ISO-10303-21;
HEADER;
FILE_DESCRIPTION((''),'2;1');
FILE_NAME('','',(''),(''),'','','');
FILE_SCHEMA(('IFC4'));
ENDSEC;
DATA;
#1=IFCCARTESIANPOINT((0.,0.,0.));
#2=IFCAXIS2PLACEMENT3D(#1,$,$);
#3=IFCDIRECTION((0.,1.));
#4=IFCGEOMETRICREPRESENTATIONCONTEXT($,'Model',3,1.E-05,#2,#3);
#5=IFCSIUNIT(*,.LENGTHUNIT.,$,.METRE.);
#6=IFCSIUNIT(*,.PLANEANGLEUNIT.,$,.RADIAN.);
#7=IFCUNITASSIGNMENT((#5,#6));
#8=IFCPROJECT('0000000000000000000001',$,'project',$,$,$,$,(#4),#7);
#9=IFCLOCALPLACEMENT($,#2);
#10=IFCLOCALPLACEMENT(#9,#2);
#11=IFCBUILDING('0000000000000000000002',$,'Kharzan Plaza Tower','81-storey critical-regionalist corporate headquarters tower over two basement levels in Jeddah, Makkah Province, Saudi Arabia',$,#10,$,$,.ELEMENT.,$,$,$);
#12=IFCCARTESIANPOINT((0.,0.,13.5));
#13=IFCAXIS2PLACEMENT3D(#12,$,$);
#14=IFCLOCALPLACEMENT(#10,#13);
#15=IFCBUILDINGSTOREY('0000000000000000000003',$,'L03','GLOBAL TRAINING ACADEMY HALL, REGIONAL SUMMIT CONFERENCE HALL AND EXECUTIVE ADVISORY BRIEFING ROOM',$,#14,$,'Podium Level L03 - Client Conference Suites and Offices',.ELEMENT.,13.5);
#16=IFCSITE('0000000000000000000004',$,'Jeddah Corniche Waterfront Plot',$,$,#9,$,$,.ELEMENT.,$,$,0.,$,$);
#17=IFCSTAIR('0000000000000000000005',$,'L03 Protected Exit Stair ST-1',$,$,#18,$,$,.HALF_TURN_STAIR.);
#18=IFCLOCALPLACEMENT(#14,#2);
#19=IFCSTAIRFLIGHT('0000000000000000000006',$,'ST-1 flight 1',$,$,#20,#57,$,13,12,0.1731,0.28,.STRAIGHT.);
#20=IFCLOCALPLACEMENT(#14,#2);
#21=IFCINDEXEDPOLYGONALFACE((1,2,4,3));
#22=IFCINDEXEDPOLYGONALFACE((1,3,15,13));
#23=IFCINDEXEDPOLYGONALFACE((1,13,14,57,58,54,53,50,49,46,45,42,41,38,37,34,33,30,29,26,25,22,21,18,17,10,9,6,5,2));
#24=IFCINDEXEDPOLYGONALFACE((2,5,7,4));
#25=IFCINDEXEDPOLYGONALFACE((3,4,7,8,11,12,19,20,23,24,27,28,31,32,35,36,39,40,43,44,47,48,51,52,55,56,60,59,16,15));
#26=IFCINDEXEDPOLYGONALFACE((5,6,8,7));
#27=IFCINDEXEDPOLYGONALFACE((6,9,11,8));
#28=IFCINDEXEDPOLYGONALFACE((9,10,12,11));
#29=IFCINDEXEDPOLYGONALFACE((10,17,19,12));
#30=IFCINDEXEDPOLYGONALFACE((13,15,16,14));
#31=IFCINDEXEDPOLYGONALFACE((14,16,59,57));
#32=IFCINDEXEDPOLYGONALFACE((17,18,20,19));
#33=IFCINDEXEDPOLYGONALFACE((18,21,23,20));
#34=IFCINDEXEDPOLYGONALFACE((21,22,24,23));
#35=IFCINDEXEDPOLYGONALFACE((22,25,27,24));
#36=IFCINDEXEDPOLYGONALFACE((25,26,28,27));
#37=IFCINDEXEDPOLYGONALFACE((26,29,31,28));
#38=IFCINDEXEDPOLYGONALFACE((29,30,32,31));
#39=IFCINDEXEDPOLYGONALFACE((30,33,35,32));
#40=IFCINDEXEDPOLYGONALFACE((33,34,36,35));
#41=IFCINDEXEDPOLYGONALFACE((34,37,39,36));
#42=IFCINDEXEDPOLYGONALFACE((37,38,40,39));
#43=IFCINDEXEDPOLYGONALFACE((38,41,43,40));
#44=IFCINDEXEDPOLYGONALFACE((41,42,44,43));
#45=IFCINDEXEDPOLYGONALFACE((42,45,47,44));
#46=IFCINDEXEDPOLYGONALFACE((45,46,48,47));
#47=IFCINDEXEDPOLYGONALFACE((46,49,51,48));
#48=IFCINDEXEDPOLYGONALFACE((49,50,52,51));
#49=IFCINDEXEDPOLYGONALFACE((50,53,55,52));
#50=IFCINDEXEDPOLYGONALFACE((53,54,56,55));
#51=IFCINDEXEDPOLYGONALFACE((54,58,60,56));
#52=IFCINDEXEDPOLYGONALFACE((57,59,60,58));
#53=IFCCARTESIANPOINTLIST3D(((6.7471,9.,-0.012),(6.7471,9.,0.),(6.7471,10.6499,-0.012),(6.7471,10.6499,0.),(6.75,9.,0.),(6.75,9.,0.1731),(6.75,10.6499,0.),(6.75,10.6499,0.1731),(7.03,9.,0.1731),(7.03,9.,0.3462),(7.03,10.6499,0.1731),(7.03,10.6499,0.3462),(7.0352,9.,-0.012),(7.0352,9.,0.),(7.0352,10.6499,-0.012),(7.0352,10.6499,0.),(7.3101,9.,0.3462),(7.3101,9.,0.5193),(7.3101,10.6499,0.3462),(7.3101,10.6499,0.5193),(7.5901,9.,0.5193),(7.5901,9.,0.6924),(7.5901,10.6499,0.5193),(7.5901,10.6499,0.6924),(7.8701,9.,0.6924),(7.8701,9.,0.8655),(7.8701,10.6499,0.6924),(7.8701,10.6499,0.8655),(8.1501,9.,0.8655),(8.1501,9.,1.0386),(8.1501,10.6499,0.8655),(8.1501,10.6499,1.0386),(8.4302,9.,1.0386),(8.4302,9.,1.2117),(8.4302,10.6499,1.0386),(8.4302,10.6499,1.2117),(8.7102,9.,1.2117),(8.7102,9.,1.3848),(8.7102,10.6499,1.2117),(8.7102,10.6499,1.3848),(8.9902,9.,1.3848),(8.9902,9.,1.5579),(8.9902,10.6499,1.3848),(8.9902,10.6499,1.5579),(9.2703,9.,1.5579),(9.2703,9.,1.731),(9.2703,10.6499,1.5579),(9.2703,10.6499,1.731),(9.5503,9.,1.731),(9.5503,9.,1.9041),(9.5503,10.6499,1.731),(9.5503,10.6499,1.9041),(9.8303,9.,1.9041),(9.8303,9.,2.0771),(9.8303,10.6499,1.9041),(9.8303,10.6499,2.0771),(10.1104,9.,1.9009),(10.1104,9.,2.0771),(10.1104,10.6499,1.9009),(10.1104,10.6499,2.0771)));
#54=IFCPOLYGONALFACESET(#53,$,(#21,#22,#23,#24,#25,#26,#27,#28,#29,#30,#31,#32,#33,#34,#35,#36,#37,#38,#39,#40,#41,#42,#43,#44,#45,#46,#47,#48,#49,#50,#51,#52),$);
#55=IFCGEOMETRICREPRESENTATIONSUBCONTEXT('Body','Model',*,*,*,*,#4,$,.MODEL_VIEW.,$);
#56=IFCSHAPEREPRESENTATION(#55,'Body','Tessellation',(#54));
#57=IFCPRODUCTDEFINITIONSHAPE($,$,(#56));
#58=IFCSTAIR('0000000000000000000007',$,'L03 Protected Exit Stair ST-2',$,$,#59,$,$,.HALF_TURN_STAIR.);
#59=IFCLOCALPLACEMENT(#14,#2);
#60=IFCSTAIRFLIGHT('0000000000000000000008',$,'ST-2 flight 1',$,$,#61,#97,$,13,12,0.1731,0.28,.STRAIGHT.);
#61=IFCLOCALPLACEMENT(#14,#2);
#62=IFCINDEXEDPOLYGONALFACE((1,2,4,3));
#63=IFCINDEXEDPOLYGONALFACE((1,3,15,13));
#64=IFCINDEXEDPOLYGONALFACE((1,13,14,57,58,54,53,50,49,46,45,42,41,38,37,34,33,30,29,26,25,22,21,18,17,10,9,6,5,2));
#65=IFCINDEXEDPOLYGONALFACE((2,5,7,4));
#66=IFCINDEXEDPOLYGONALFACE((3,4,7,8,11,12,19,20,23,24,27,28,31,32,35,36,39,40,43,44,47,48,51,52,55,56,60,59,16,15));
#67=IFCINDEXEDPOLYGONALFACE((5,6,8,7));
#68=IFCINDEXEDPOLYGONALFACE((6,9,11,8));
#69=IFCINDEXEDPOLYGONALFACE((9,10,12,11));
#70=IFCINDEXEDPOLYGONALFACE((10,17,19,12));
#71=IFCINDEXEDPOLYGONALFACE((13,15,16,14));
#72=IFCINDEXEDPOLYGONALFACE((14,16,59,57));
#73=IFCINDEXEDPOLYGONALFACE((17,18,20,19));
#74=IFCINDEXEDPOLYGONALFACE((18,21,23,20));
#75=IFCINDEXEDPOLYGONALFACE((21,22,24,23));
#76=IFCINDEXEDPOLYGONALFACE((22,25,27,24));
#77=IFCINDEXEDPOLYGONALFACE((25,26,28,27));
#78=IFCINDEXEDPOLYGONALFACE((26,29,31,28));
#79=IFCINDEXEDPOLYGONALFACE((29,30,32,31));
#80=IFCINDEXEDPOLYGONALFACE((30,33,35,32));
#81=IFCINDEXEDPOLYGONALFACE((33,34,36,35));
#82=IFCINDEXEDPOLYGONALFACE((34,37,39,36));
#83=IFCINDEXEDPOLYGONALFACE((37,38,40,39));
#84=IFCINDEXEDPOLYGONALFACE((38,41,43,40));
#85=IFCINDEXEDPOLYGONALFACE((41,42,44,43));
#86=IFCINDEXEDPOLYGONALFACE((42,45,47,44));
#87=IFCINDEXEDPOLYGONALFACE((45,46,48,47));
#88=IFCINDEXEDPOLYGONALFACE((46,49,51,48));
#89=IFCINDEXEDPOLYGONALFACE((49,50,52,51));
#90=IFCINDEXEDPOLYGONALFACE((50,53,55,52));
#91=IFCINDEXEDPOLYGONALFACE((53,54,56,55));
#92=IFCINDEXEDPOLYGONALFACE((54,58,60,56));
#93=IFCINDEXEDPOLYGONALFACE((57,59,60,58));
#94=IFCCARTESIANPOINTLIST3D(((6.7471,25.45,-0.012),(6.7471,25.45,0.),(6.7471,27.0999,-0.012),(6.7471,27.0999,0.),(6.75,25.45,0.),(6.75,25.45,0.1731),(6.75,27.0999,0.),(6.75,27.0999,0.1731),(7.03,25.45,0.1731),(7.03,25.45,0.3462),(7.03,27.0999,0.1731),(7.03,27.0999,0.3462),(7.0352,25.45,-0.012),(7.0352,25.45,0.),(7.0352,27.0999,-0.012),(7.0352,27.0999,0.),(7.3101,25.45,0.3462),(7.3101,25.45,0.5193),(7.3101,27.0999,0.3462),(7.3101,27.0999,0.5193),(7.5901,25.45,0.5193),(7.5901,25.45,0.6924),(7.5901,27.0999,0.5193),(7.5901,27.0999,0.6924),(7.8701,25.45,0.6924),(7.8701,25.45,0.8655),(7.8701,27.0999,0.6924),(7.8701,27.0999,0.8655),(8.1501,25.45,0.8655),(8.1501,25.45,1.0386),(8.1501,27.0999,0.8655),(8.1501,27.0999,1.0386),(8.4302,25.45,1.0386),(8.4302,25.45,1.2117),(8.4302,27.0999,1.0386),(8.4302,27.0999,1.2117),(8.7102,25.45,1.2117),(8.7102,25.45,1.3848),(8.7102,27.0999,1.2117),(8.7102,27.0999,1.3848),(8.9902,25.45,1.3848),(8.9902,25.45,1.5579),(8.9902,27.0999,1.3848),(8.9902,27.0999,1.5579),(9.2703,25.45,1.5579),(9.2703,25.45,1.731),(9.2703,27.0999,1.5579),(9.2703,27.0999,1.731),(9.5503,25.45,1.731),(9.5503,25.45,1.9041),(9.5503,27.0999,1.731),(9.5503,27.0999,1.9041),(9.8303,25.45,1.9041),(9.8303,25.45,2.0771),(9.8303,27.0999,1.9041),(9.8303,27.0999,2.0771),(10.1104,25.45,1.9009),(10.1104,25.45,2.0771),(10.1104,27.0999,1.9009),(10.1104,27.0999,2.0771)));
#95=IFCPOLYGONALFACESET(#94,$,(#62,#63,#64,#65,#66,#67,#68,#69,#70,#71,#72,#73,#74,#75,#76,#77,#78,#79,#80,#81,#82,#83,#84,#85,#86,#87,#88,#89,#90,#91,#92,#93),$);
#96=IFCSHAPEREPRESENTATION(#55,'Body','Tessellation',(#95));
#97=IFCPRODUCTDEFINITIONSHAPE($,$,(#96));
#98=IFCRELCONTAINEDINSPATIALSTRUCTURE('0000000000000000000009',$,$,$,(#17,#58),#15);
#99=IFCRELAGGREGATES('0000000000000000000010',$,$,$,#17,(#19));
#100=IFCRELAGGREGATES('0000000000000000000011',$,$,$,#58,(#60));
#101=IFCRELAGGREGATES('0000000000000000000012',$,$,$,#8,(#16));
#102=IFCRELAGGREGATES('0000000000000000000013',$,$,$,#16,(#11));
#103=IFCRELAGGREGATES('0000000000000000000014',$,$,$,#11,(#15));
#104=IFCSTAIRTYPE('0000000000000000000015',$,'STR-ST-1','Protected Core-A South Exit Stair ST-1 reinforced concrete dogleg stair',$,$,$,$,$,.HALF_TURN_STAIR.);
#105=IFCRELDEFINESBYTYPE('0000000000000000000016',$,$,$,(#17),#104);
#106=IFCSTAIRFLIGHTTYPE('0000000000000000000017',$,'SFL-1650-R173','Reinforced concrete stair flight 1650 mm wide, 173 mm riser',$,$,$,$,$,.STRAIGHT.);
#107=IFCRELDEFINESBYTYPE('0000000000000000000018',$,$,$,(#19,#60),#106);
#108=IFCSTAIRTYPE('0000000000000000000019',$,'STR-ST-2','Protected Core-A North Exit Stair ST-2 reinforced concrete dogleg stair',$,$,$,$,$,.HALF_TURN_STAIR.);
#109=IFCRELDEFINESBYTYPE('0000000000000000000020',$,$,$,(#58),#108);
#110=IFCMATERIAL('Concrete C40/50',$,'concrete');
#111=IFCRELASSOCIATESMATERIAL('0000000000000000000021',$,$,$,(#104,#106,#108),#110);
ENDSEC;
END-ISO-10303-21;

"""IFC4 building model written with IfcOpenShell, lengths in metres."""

from ifc_helpers import new_model, si_unit, direction, frame, origin, place, context, subcontext, project, spatial, polyline, outline, extrude, source, transform, mapped, material, type_object, element, aggregate, save


model = new_model("IFC4")

# Units and contexts
model_context = context("Model", 3, precision=1e-05, world=origin(), true_north=direction((0.0, 1.0)))
body_context = subcontext(model_context, "Body", "Model", "MODEL_VIEW")
ifc_project = project(units=[si_unit("LENGTHUNIT", "METRE"), si_unit("PLANEANGLEUNIT", "RADIAN")], contexts=[model_context])

# Site, building, storey
site_placement = place(None, origin())
site = spatial("IfcSite", under=ifc_project, at=site_placement, Name="Jeddah Corniche Waterfront Plot", CompositionType="ELEMENT", RefElevation=0.0)
building_placement = place(site_placement, origin())
building = spatial("IfcBuilding", under=site, at=building_placement, Name="Kharzan Plaza Tower", Description="81-storey critical-regionalist corporate headquarters tower over two basement levels in Jeddah, Makkah Province, Saudi Arabia", CompositionType="ELEMENT")
storey_placement = place(building_placement, frame((0.0, 0.0, 13.5)))
storey = spatial("IfcBuildingStorey", under=building, at=storey_placement, Name="L03", Description="GLOBAL TRAINING ACADEMY HALL, REGIONAL SUMMIT CONFERENCE HALL AND EXECUTIVE ADVISORY BRIEFING ROOM", LongName="Podium Level L03 - Client Conference Suites and Offices", CompositionType="ELEMENT", Elevation=13.5)

# Shared definitions
ifc_material_1 = material(Name="Concrete C40/50", Category="concrete")

# Stairs, stair flights
stair_type_1 = type_object("IfcStairType", Name="STR-ST-1", Description="Protected Core-A South Exit Stair ST-1 reinforced concrete dogleg stair", PredefinedType="HALF_TURN_STAIR", material=ifc_material_1)
stair_1_placement = place(storey_placement, origin())
stair_1 = element("IfcStair", 1, at=stair_1_placement, inside=storey, type_object=stair_type_1, Name="L03 Protected Exit Stair ST-1", PredefinedType="HALF_TURN_STAIR")
stair_flight_type = type_object("IfcStairFlightType", Name="SFL-1650-R173", Description="Reinforced concrete stair flight 1650 mm wide, 173 mm riser", PredefinedType="STRAIGHT", material=ifc_material_1)
shared_shape_1 = source(origin(), body_context, "Body", "SweptSolid", [
    extrude(outline(polyline([(-0.0029, -0.012), (-0.0029, 0.0), (0.0, 0.0), (0.0, 0.1731), (0.28, 0.1731), (0.28, 0.3462), (0.5601, 0.3462), (0.5601, 0.5193), (0.8401, 0.5193), (0.8401, 0.6924), (1.1201, 0.6924), (1.1201, 0.8655), (1.4001, 0.8655), (1.4001, 1.0386), (1.6802, 1.0386), (1.6802, 1.2117), (1.9602, 1.2117), (1.9602, 1.3848), (2.2402, 1.3848), (2.2402, 1.5579), (2.5203, 1.5579), (2.5203, 1.731), (2.8003, 1.731), (2.8003, 1.9041), (3.0803, 1.9041), (3.0803, 2.0771), (3.3604, 2.0771), (3.3604, 2.2502), (3.3604, 1.9009), (0.2852, 0.0), (0.2852, -0.012), (-0.0029, -0.012)])), frame((0.0, 0.825, 0.0), z_axis=(0.0, -1.0, 0.0), x_axis=(1.0, 0.0, 0.0)), (0.0, 0.0, 1.0), 1.6499),
])
stair_flight_1_placement = place(storey_placement, frame((6.75, 9.825, 0.0), z_axis=(0.0, 0.0, 1.0), x_axis=(1.0, 0.0, 0.0)))
stair_flight_1 = element("IfcStairFlight", 2, at=stair_flight_1_placement, type_object=stair_flight_type, Name="ST-1 flight 1", NumberOfRisers=13, NumberOfTreads=12, PredefinedType="STRAIGHT", RiserHeight=0.1731, TreadLength=0.28, context=body_context, shape_type="MappedRepresentation", body=[
    mapped(shared_shape_1, transform((0.0, 0.0, 0.0), x_axis=(1.0, 0.0, 0.0), y_axis=(0.0, 1.0, 0.0), z_axis=(0.0, 0.0, 1.0))),
])
aggregate(stair_1, [stair_flight_1])
stair_type_2 = type_object("IfcStairType", Name="STR-ST-2", Description="Protected Core-A North Exit Stair ST-2 reinforced concrete dogleg stair", PredefinedType="HALF_TURN_STAIR", material=ifc_material_1)
stair_2_placement = place(storey_placement, origin())
stair_2 = element("IfcStair", 3, at=stair_2_placement, inside=storey, type_object=stair_type_2, Name="L03 Protected Exit Stair ST-2", PredefinedType="HALF_TURN_STAIR")
stair_flight_2_placement = place(storey_placement, frame((6.75, 26.2749, 0.0), z_axis=(0.0, 0.0, 1.0), x_axis=(1.0, 0.0, 0.0)))
stair_flight_2 = element("IfcStairFlight", 4, at=stair_flight_2_placement, type_object=stair_flight_type, Name="ST-2 flight 1", NumberOfRisers=13, NumberOfTreads=12, PredefinedType="STRAIGHT", RiserHeight=0.1731, TreadLength=0.28, context=body_context, shape_type="MappedRepresentation", body=[
    mapped(shared_shape_1, transform((0.0, 0.0, 0.0), x_axis=(1.0, 0.0, 0.0), y_axis=(0.0, 1.0, 0.0), z_axis=(0.0, 0.0, 1.0))),
])
aggregate(stair_2, [stair_flight_2])

save(model, "model.ifc")
